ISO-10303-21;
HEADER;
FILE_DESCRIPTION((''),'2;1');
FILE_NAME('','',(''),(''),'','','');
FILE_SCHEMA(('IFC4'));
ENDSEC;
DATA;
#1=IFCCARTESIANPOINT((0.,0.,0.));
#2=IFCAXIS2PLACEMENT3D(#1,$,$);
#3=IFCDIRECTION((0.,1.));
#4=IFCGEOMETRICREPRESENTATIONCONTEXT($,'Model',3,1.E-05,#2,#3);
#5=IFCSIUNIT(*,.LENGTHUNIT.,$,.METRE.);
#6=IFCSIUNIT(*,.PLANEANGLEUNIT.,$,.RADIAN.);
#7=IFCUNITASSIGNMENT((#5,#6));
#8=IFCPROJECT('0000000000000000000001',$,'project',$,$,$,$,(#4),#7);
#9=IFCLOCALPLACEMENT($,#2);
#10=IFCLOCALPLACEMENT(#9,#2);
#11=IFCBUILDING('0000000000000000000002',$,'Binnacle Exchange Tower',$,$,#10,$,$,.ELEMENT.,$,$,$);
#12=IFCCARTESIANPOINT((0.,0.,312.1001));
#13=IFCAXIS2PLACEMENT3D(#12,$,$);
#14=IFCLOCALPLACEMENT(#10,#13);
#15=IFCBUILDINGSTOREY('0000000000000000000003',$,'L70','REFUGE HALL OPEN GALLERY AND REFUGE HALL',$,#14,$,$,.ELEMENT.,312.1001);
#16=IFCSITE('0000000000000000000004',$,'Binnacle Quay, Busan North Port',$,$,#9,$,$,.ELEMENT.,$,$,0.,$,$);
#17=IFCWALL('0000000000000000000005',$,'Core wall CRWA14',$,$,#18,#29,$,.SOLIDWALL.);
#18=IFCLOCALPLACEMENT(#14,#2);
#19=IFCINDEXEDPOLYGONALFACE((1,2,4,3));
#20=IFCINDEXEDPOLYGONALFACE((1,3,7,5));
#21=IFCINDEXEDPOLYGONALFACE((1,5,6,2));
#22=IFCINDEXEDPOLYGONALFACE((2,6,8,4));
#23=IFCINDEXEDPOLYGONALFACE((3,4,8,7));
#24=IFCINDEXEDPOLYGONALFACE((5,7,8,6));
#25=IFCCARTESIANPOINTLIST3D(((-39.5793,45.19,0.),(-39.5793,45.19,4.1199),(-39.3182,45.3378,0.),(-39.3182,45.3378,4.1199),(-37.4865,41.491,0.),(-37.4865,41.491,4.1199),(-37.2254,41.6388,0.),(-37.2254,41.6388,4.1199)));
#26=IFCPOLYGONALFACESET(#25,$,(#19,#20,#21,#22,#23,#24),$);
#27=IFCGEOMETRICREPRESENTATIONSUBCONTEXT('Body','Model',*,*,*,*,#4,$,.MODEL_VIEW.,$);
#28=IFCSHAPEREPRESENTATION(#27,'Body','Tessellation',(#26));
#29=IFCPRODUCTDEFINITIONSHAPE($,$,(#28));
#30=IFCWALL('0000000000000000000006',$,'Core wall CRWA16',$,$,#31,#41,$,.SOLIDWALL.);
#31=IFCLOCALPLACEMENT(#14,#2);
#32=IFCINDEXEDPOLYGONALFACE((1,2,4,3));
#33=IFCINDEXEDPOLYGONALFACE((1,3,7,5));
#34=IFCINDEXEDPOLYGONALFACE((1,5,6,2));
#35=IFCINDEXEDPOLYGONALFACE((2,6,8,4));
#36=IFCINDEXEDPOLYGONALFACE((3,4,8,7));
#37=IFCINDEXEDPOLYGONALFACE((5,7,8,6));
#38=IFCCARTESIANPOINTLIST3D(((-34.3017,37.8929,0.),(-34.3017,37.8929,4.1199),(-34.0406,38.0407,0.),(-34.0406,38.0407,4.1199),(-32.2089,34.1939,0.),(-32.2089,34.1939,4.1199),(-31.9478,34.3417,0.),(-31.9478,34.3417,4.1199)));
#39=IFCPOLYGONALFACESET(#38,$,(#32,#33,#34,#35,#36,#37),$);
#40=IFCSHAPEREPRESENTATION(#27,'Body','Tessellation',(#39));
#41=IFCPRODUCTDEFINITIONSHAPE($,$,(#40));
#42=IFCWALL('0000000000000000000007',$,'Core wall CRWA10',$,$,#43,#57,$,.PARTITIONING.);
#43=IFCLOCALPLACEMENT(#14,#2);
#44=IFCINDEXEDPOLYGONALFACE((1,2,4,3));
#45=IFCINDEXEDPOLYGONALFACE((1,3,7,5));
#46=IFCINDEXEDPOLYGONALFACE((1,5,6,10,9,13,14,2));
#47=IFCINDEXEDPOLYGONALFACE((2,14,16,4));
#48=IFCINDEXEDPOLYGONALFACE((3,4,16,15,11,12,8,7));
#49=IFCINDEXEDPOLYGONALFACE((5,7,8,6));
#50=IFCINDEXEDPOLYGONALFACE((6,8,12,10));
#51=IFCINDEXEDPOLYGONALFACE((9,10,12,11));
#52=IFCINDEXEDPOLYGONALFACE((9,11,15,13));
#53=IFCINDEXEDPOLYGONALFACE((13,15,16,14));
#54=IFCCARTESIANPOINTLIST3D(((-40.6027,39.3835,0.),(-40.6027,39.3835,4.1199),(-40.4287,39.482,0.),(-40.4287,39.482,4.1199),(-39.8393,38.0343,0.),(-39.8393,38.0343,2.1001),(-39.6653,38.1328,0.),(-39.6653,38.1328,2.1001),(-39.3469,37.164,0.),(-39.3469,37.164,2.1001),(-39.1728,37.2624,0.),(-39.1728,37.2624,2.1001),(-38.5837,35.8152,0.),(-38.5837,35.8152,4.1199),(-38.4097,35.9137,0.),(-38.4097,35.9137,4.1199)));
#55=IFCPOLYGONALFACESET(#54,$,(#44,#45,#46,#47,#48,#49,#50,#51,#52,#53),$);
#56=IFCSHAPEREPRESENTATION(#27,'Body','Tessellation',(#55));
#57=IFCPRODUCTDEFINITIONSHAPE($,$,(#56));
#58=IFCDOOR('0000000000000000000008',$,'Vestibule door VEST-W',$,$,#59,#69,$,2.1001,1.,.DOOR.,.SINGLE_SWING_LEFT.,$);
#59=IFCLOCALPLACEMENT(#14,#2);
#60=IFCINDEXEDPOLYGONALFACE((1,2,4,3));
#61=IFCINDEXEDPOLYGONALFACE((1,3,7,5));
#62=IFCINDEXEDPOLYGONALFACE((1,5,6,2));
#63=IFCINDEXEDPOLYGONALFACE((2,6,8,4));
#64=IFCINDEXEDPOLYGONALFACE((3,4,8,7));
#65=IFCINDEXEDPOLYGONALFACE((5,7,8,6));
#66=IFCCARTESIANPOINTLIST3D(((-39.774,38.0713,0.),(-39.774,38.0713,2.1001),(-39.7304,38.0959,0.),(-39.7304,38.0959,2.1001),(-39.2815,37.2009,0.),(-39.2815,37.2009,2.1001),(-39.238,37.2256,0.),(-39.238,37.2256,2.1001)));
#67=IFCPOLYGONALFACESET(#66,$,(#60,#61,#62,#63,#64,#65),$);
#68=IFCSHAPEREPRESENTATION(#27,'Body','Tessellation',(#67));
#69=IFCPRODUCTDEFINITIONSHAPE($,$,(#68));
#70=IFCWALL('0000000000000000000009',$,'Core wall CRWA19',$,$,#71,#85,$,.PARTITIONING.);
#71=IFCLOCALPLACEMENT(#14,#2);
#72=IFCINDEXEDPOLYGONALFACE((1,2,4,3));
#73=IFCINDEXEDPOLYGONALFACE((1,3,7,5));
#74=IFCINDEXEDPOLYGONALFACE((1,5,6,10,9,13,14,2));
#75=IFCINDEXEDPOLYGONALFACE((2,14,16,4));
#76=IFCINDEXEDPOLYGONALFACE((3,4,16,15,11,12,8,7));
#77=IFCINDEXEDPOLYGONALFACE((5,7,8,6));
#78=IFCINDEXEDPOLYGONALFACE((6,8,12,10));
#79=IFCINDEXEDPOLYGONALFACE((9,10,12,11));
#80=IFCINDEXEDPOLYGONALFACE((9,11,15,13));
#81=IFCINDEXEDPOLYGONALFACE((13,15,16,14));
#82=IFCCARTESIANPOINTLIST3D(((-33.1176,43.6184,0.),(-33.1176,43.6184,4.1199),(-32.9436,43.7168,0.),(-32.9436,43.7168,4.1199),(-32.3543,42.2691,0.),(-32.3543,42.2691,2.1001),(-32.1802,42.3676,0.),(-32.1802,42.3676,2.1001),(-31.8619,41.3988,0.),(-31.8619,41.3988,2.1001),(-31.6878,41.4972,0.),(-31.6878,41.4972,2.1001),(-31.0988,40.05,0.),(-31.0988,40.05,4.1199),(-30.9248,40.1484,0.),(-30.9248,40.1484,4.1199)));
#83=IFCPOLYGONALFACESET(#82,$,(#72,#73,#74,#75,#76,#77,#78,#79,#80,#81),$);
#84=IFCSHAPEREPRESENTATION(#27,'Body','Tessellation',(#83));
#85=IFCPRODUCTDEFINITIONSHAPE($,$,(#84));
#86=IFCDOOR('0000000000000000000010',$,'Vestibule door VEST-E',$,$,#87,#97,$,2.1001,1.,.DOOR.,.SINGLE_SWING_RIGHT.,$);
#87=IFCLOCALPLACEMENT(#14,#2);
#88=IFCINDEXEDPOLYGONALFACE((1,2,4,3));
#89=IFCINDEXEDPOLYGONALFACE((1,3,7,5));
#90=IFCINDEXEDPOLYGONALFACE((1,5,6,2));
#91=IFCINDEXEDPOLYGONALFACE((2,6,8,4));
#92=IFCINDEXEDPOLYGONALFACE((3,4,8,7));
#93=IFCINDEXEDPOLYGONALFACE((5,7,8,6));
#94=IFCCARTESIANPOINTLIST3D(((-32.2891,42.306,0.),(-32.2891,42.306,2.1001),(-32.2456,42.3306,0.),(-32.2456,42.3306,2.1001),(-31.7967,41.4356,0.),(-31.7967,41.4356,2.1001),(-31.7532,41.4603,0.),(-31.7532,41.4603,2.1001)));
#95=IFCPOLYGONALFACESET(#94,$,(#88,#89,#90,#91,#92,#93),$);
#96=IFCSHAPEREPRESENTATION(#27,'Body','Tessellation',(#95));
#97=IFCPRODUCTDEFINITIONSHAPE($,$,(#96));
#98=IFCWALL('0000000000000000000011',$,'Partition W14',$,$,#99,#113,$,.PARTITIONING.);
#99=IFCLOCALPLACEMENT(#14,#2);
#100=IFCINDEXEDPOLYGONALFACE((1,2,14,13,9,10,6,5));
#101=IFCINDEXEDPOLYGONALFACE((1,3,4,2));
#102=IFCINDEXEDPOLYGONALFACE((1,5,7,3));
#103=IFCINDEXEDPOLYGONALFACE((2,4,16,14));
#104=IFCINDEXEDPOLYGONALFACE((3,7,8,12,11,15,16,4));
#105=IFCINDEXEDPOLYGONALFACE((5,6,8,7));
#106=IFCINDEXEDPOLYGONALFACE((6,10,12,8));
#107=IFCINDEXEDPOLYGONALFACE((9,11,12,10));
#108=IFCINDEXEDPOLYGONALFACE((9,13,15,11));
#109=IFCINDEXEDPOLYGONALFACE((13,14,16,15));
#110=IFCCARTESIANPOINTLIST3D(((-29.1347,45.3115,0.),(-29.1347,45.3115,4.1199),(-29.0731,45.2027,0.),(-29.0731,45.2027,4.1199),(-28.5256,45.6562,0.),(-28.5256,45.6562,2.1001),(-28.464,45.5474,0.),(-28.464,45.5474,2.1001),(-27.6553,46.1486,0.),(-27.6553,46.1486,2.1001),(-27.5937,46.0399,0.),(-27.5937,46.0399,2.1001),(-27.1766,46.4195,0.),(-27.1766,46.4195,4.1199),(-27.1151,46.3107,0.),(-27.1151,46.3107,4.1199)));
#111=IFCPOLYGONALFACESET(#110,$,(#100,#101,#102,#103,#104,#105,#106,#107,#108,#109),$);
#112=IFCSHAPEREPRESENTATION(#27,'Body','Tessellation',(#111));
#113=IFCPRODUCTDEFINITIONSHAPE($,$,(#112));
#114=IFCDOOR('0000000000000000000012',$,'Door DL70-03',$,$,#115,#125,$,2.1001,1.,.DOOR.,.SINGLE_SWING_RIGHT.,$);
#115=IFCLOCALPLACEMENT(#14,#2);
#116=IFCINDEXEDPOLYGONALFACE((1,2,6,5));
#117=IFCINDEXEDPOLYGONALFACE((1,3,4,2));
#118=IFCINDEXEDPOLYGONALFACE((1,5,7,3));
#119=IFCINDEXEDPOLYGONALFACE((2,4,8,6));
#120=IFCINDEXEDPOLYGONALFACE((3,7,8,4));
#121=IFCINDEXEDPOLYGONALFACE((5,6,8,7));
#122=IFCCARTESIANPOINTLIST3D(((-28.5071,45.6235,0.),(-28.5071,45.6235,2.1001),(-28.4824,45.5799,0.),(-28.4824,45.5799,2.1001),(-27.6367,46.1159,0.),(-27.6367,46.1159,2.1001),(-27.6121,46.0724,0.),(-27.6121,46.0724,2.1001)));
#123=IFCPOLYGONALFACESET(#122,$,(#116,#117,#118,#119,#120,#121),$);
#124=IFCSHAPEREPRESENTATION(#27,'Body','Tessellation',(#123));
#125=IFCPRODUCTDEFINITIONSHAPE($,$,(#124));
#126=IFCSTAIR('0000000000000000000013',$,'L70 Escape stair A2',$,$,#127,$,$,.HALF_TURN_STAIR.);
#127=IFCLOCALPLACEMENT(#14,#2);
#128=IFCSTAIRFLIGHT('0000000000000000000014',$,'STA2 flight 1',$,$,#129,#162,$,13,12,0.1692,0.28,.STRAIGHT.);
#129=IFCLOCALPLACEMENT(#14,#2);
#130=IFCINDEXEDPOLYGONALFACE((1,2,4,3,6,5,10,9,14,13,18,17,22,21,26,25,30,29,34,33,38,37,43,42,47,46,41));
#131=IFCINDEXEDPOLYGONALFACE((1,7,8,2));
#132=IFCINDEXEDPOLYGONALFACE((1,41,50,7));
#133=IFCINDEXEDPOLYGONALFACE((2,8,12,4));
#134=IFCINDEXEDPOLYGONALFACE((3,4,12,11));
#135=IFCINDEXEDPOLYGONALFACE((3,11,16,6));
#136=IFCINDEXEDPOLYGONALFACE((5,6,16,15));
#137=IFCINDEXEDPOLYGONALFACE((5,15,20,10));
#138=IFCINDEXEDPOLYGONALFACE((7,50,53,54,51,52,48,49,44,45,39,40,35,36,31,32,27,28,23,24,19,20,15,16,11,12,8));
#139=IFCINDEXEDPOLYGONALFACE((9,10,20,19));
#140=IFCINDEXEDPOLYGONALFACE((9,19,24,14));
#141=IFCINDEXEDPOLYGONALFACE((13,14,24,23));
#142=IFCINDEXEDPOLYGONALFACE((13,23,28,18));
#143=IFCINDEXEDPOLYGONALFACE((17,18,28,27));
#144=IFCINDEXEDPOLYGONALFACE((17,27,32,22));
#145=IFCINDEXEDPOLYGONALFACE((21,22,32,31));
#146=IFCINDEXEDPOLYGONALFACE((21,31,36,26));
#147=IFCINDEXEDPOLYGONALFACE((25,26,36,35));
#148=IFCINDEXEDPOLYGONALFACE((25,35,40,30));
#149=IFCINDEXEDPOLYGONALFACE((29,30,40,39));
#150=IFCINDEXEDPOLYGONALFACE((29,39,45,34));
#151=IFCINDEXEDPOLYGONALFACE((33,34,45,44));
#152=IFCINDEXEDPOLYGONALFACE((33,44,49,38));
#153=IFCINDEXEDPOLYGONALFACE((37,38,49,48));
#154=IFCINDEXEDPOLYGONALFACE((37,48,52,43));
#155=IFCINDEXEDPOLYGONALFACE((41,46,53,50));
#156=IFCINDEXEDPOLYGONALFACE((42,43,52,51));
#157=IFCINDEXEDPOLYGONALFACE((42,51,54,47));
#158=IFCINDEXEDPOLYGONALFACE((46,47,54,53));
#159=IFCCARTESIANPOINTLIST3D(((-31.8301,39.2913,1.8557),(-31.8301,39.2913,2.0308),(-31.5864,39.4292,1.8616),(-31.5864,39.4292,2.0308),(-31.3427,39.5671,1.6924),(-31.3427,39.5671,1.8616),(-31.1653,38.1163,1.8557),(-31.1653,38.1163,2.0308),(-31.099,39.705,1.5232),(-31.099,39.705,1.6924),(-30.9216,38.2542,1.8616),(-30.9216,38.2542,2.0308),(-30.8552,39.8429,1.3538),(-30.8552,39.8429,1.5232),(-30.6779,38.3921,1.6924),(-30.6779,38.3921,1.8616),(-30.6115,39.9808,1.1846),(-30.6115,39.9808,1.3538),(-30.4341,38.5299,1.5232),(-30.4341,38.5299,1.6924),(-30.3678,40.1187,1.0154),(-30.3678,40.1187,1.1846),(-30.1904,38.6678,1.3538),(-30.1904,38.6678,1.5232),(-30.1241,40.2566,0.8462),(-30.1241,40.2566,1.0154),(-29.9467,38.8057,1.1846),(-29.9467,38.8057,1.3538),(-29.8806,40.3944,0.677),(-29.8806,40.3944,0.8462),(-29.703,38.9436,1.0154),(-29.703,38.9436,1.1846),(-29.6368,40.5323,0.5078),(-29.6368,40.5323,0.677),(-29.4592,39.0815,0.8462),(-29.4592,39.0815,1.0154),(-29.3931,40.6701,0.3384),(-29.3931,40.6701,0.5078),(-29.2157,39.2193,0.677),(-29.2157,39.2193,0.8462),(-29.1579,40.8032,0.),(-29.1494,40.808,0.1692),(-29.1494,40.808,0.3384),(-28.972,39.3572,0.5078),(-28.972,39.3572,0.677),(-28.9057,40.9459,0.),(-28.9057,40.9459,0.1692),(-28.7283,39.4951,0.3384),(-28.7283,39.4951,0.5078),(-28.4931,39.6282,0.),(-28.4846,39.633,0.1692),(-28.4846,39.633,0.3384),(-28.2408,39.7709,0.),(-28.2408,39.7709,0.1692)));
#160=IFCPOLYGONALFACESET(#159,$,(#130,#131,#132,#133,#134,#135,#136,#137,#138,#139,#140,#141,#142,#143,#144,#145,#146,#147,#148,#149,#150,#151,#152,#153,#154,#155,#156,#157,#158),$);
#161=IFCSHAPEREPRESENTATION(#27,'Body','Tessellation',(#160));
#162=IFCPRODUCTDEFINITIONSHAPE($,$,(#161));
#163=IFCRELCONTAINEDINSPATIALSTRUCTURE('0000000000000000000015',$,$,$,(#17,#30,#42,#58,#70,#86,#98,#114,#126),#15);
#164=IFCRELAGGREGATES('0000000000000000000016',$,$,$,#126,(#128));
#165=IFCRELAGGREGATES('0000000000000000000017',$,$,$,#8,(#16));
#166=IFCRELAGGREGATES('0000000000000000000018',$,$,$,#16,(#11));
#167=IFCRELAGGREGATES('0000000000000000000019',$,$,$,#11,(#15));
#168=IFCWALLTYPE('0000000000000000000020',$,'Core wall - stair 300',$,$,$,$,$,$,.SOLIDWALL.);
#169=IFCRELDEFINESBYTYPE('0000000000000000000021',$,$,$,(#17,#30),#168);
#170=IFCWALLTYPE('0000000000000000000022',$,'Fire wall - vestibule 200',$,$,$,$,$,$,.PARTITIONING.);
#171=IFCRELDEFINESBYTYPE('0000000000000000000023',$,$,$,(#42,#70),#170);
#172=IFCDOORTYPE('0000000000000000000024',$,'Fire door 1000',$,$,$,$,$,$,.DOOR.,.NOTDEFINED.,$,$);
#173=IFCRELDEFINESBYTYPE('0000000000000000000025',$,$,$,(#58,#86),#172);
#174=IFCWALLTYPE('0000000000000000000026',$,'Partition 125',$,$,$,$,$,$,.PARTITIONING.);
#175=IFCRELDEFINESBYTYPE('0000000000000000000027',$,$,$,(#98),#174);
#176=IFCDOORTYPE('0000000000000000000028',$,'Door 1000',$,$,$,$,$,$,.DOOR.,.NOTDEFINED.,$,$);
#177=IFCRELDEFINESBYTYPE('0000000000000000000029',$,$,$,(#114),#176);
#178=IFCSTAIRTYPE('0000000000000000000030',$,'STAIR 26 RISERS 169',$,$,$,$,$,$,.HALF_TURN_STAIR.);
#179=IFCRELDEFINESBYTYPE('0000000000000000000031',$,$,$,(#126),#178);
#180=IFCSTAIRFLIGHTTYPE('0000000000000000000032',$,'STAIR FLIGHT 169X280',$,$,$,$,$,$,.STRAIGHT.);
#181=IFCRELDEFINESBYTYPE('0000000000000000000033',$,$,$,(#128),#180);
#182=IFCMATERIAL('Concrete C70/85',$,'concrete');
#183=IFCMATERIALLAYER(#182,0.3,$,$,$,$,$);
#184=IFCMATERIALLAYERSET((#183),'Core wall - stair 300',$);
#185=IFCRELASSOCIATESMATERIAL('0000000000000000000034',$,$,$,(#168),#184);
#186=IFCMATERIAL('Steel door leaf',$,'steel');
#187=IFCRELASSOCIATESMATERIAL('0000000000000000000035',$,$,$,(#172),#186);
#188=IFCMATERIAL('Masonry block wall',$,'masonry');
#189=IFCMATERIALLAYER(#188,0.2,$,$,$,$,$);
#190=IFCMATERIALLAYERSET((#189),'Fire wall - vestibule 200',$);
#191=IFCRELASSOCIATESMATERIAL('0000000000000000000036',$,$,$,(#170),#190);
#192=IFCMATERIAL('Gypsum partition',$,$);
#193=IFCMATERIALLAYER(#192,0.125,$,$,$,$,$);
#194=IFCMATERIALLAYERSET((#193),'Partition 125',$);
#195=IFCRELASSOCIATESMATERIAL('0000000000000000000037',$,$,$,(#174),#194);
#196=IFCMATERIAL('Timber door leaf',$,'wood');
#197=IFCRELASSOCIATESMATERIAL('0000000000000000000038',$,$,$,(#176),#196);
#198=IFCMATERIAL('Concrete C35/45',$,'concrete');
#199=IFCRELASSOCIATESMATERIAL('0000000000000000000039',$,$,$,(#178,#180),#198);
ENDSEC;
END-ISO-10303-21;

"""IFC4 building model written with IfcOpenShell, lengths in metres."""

from ifc_helpers import new_model, si_unit, direction, frame, frame_2d, origin, place, context, subcontext, project, spatial, polyline, rectangle, outline, extrude, material, layer, layer_set, type_object, element, fill, aggregate, save


model = new_model("IFC4")

# Units and contexts
model_context = context("Model", 3, precision=1e-05, world=origin(), true_north=direction((0.0, 1.0)))
body_context = subcontext(model_context, "Body", "Model", "MODEL_VIEW")
ifc_project = project(units=[si_unit("LENGTHUNIT", "METRE"), si_unit("PLANEANGLEUNIT", "RADIAN")], contexts=[model_context])

# Site, building, storey
site_placement = place(None, origin())
site = spatial("IfcSite", under=ifc_project, at=site_placement, Name="Binnacle Quay, Busan North Port", CompositionType="ELEMENT", RefElevation=0.0)
building_placement = place(site_placement, origin())
building = spatial("IfcBuilding", under=site, at=building_placement, Name="Binnacle Exchange Tower", CompositionType="ELEMENT")
storey_placement = place(building_placement, frame((0.0, 0.0, 312.1001)))
storey = spatial("IfcBuildingStorey", under=building, at=storey_placement, Name="L70", Description="REFUGE HALL OPEN GALLERY AND REFUGE HALL", CompositionType="ELEMENT", Elevation=312.1001)

# Shared definitions
ifc_material_1 = material(Name="Concrete C70/85", Category="concrete")
ifc_material_2 = material(Name="Steel door leaf", Category="steel")

# Shared definitions
ifc_layer_1 = layer(ifc_material_1, 0.3)
ifc_layer_set_1 = layer_set([ifc_layer_1], Name="Core wall - stair 300")
wall_type_1 = type_object("IfcWallType", Name="Core wall - stair 300", PredefinedType="SOLIDWALL", material=ifc_layer_set_1)
door_type_1 = type_object("IfcDoorType", Name="Fire door 1000", OperationType="NOTDEFINED", PredefinedType="DOOR", material=ifc_material_2)

# Walls
for number, where, z_axis, x_axis, name in (
    (1, (-39.4487, 45.2639, 0.0), (0.0, 0.0, 1.0), (0.492423, -0.870356, 0.0), "Core wall CRWA14"),
    (2, (-34.1711, 37.9668, 0.0), (0.0, 0.0, 1.0), (0.492423, -0.870356, 0.0), "Core wall CRWA16"),
):
    element("IfcWall", number, at=place(storey_placement, frame(where, z_axis=z_axis, x_axis=x_axis)), inside=storey, type_object=wall_type_1, Name=name, PredefinedType="SOLIDWALL", context=body_context, shape_type="SweptSolid", body=[
        extrude(rectangle(XDim=4.25, YDim=0.3, at=frame_2d((2.125, 0.0))), origin(), (0.0, 0.0, 1.0), 4.1199),
    ])

# Walls, openings, doors
ifc_material_3 = material(Name="Masonry block wall", Category="masonry")
ifc_layer_2 = layer(ifc_material_3, 0.2)
ifc_layer_set_2 = layer_set([ifc_layer_2], Name="Fire wall - vestibule 200")
wall_type_2 = type_object("IfcWallType", Name="Fire wall - vestibule 200", PredefinedType="PARTITIONING", material=ifc_layer_set_2)
wall_1_placement = place(storey_placement, frame((-40.5156, 39.4326, 0.0), z_axis=(0.0, 0.0, 1.0), x_axis=(0.492454, -0.870339, 0.0)))
wall_1 = element("IfcWall", 3, at=wall_1_placement, inside=storey, type_object=wall_type_2, Name="Core wall CRWA10", PredefinedType="PARTITIONING", context=body_context, shape_type="SweptSolid", body=[
    extrude(rectangle(XDim=4.0999, YDim=0.2, at=frame_2d((2.0498, 0.0))), origin(), (0.0, 0.0, 1.0), 4.1199),
])
opening_1_placement = place(wall_1_placement, frame((1.55, 0.0, 0.0)))
opening_1 = element("IfcOpeningElement", 4, at=opening_1_placement, cuts=wall_1, PredefinedType="OPENING", context=body_context, shape_type="SweptSolid", body=[
    extrude(rectangle(XDim=1.0, YDim=2.1001, at=frame_2d((0.5, 1.05))), frame((0.0, 0.1099, 0.0), z_axis=(0.0, -1.0, 0.0), x_axis=(1.0, 0.0, 0.0)), (0.0, 0.0, 1.0), 0.22),
])
door_1_placement = place(opening_1_placement, frame((1.0, 0.0, 0.0), z_axis=(0.0, 0.0, 1.0), x_axis=(-1.0, 0.0, 0.0)))
door_1 = element("IfcDoor", 5, at=door_1_placement, inside=storey, type_object=door_type_1, Name="Vestibule door VEST-W", OperationType="SINGLE_SWING_LEFT", OverallHeight=2.1001, OverallWidth=1.0, PredefinedType="DOOR", context=body_context, shape_type="SweptSolid", body=[
    extrude(rectangle(XDim=1.0, YDim=2.1001, at=frame_2d((0.5, 1.05))), frame((0.0, 0.0249, 0.0), z_axis=(0.0, -1.0, 0.0), x_axis=(1.0, 0.0, 0.0)), (0.0, 0.0, 1.0), 0.05),
])
fill(opening_1, door_1)
wall_2_placement = place(storey_placement, frame((-33.0305, 43.6675, 0.0), z_axis=(0.0, 0.0, 1.0), x_axis=(0.492408, -0.870364, 0.0)))
wall_2 = element("IfcWall", 6, at=wall_2_placement, inside=storey, type_object=wall_type_2, Name="Core wall CRWA19", PredefinedType="PARTITIONING", context=body_context, shape_type="SweptSolid", body=[
    extrude(rectangle(XDim=4.0999, YDim=0.2, at=frame_2d((2.0498, 0.0))), origin(), (0.0, 0.0, 1.0), 4.1199),
])
opening_2_placement = place(wall_2_placement, frame((1.55, 0.0, 0.0)))
opening_2 = element("IfcOpeningElement", 7, at=opening_2_placement, cuts=wall_2, PredefinedType="OPENING", context=body_context, shape_type="SweptSolid", body=[
    extrude(rectangle(XDim=1.0, YDim=2.1001, at=frame_2d((0.5, 1.05))), frame((0.0, 0.1099, 0.0), z_axis=(0.0, -1.0, 0.0), x_axis=(1.0, 0.0, 0.0)), (0.0, 0.0, 1.0), 0.22),
])
door_2_placement = place(opening_2_placement, origin())
door_2 = element("IfcDoor", 8, at=door_2_placement, inside=storey, type_object=door_type_1, Name="Vestibule door VEST-E", OperationType="SINGLE_SWING_RIGHT", OverallHeight=2.1001, OverallWidth=1.0, PredefinedType="DOOR", context=body_context, shape_type="SweptSolid", body=[
    extrude(rectangle(XDim=1.0, YDim=2.1001, at=frame_2d((0.5, 1.05))), frame((0.0, 0.0249, 0.0), z_axis=(0.0, -1.0, 0.0), x_axis=(1.0, 0.0, 0.0)), (0.0, 0.0, 1.0), 0.05),
])
fill(opening_2, door_2)
ifc_material_4 = material(Name="Gypsum partition")
ifc_layer_3 = layer(ifc_material_4, 0.125)
ifc_layer_set_3 = layer_set([ifc_layer_3], Name="Partition 125")
wall_type_3 = type_object("IfcWallType", Name="Partition 125", PredefinedType="PARTITIONING", material=ifc_layer_set_3)
wall_3_placement = place(storey_placement, frame((-29.104, 45.2571, 0.0), z_axis=(0.0, 0.0, 1.0), x_axis=(0.870332, 0.492465, 0.0)))
wall_3 = element("IfcWall", 9, at=wall_3_placement, inside=storey, type_object=wall_type_3, Name="Partition W14", PredefinedType="PARTITIONING", context=body_context, shape_type="SweptSolid", body=[
    extrude(rectangle(XDim=2.2498, YDim=0.125, at=frame_2d((1.125, 0.0))), origin(), (0.0, 0.0, 1.0), 4.1199),
])
opening_3_placement = place(wall_3_placement, frame((0.7, 0.0, 0.0)))
opening_3 = element("IfcOpeningElement", 10, at=opening_3_placement, cuts=wall_3, PredefinedType="OPENING", context=body_context, shape_type="SweptSolid", body=[
    extrude(rectangle(XDim=1.0, YDim=2.1001, at=frame_2d((0.5, 1.05))), frame((0.0, 0.0725, 0.0), z_axis=(0.0, -1.0, 0.0), x_axis=(1.0, 0.0, 0.0)), (0.0, 0.0, 1.0), 0.145),
])
ifc_material_5 = material(Name="Timber door leaf", Category="wood")
door_type_2 = type_object("IfcDoorType", Name="Door 1000", OperationType="NOTDEFINED", PredefinedType="DOOR", material=ifc_material_5)
door_3_placement = place(opening_3_placement, origin())
door_3 = element("IfcDoor", 11, at=door_3_placement, inside=storey, type_object=door_type_2, Name="Door DL70-03", OperationType="SINGLE_SWING_RIGHT", OverallHeight=2.1001, OverallWidth=1.0, PredefinedType="DOOR", context=body_context, shape_type="SweptSolid", body=[
    extrude(rectangle(XDim=1.0, YDim=2.1001, at=frame_2d((0.5, 1.05))), frame((0.0, 0.0249, 0.0), z_axis=(0.0, -1.0, 0.0), x_axis=(1.0, 0.0, 0.0)), (0.0, 0.0, 1.0), 0.05),
])
fill(opening_3, door_3)

# Stair, stair flight
ifc_material_6 = material(Name="Concrete C35/45", Category="concrete")
stair_type = type_object("IfcStairType", Name="STAIR 26 RISERS 169", PredefinedType="HALF_TURN_STAIR", material=ifc_material_6)
stair_placement = place(storey_placement, origin())
stair = element("IfcStair", 12, at=stair_placement, inside=storey, type_object=stair_type, Name="L70 Escape stair A2", PredefinedType="HALF_TURN_STAIR")
stair_flight_type = type_object("IfcStairFlightType", Name="STAIR FLIGHT 169X280", PredefinedType="STRAIGHT", material=ifc_material_6)
stair_flight_placement = place(storey_placement, frame((-28.5732, 40.3584, 0.0), z_axis=(0.0, 0.0, 1.0), x_axis=(-0.870356, -0.492424, 0.0)))
stair_flight = element("IfcStairFlight", 13, at=stair_flight_placement, type_object=stair_flight_type, Name="STA2 flight 1", NumberOfRisers=13, NumberOfTreads=12, PredefinedType="STRAIGHT", RiserHeight=0.1692, TreadLength=0.28, context=body_context, shape_type="SweptSolid", body=[
    extrude(outline(polyline([(0.0, 0.0), (0.0, 0.1692), (0.28, 0.1692), (0.28, 0.3384), (0.5601, 0.3384), (0.5601, 0.5078), (0.8401, 0.5078), (0.8401, 0.677), (1.1201, 0.677), (1.1201, 0.8462), (1.3999, 0.8462), (1.3999, 1.0154), (1.6799, 1.0154), (1.6799, 1.1846), (1.96, 1.1846), (1.96, 1.3538), (2.24, 1.3538), (2.24, 1.5232), (2.52, 1.5232), (2.52, 1.6924), (2.8, 1.6924), (2.8, 1.8616), (3.0801, 1.8616), (3.0801, 2.0308), (3.3601, 2.0308), (3.3601, 2.2), (3.3601, 1.8557), (0.2898, 0.0), (0.0, 0.0)])), frame((0.0, 0.675, 0.0), z_axis=(0.0, -1.0, 0.0), x_axis=(1.0, 0.0, 0.0)), (0.0, 0.0, 1.0), 1.3501),
])
aggregate(stair, [stair_flight])

save(model, "model.ifc")
